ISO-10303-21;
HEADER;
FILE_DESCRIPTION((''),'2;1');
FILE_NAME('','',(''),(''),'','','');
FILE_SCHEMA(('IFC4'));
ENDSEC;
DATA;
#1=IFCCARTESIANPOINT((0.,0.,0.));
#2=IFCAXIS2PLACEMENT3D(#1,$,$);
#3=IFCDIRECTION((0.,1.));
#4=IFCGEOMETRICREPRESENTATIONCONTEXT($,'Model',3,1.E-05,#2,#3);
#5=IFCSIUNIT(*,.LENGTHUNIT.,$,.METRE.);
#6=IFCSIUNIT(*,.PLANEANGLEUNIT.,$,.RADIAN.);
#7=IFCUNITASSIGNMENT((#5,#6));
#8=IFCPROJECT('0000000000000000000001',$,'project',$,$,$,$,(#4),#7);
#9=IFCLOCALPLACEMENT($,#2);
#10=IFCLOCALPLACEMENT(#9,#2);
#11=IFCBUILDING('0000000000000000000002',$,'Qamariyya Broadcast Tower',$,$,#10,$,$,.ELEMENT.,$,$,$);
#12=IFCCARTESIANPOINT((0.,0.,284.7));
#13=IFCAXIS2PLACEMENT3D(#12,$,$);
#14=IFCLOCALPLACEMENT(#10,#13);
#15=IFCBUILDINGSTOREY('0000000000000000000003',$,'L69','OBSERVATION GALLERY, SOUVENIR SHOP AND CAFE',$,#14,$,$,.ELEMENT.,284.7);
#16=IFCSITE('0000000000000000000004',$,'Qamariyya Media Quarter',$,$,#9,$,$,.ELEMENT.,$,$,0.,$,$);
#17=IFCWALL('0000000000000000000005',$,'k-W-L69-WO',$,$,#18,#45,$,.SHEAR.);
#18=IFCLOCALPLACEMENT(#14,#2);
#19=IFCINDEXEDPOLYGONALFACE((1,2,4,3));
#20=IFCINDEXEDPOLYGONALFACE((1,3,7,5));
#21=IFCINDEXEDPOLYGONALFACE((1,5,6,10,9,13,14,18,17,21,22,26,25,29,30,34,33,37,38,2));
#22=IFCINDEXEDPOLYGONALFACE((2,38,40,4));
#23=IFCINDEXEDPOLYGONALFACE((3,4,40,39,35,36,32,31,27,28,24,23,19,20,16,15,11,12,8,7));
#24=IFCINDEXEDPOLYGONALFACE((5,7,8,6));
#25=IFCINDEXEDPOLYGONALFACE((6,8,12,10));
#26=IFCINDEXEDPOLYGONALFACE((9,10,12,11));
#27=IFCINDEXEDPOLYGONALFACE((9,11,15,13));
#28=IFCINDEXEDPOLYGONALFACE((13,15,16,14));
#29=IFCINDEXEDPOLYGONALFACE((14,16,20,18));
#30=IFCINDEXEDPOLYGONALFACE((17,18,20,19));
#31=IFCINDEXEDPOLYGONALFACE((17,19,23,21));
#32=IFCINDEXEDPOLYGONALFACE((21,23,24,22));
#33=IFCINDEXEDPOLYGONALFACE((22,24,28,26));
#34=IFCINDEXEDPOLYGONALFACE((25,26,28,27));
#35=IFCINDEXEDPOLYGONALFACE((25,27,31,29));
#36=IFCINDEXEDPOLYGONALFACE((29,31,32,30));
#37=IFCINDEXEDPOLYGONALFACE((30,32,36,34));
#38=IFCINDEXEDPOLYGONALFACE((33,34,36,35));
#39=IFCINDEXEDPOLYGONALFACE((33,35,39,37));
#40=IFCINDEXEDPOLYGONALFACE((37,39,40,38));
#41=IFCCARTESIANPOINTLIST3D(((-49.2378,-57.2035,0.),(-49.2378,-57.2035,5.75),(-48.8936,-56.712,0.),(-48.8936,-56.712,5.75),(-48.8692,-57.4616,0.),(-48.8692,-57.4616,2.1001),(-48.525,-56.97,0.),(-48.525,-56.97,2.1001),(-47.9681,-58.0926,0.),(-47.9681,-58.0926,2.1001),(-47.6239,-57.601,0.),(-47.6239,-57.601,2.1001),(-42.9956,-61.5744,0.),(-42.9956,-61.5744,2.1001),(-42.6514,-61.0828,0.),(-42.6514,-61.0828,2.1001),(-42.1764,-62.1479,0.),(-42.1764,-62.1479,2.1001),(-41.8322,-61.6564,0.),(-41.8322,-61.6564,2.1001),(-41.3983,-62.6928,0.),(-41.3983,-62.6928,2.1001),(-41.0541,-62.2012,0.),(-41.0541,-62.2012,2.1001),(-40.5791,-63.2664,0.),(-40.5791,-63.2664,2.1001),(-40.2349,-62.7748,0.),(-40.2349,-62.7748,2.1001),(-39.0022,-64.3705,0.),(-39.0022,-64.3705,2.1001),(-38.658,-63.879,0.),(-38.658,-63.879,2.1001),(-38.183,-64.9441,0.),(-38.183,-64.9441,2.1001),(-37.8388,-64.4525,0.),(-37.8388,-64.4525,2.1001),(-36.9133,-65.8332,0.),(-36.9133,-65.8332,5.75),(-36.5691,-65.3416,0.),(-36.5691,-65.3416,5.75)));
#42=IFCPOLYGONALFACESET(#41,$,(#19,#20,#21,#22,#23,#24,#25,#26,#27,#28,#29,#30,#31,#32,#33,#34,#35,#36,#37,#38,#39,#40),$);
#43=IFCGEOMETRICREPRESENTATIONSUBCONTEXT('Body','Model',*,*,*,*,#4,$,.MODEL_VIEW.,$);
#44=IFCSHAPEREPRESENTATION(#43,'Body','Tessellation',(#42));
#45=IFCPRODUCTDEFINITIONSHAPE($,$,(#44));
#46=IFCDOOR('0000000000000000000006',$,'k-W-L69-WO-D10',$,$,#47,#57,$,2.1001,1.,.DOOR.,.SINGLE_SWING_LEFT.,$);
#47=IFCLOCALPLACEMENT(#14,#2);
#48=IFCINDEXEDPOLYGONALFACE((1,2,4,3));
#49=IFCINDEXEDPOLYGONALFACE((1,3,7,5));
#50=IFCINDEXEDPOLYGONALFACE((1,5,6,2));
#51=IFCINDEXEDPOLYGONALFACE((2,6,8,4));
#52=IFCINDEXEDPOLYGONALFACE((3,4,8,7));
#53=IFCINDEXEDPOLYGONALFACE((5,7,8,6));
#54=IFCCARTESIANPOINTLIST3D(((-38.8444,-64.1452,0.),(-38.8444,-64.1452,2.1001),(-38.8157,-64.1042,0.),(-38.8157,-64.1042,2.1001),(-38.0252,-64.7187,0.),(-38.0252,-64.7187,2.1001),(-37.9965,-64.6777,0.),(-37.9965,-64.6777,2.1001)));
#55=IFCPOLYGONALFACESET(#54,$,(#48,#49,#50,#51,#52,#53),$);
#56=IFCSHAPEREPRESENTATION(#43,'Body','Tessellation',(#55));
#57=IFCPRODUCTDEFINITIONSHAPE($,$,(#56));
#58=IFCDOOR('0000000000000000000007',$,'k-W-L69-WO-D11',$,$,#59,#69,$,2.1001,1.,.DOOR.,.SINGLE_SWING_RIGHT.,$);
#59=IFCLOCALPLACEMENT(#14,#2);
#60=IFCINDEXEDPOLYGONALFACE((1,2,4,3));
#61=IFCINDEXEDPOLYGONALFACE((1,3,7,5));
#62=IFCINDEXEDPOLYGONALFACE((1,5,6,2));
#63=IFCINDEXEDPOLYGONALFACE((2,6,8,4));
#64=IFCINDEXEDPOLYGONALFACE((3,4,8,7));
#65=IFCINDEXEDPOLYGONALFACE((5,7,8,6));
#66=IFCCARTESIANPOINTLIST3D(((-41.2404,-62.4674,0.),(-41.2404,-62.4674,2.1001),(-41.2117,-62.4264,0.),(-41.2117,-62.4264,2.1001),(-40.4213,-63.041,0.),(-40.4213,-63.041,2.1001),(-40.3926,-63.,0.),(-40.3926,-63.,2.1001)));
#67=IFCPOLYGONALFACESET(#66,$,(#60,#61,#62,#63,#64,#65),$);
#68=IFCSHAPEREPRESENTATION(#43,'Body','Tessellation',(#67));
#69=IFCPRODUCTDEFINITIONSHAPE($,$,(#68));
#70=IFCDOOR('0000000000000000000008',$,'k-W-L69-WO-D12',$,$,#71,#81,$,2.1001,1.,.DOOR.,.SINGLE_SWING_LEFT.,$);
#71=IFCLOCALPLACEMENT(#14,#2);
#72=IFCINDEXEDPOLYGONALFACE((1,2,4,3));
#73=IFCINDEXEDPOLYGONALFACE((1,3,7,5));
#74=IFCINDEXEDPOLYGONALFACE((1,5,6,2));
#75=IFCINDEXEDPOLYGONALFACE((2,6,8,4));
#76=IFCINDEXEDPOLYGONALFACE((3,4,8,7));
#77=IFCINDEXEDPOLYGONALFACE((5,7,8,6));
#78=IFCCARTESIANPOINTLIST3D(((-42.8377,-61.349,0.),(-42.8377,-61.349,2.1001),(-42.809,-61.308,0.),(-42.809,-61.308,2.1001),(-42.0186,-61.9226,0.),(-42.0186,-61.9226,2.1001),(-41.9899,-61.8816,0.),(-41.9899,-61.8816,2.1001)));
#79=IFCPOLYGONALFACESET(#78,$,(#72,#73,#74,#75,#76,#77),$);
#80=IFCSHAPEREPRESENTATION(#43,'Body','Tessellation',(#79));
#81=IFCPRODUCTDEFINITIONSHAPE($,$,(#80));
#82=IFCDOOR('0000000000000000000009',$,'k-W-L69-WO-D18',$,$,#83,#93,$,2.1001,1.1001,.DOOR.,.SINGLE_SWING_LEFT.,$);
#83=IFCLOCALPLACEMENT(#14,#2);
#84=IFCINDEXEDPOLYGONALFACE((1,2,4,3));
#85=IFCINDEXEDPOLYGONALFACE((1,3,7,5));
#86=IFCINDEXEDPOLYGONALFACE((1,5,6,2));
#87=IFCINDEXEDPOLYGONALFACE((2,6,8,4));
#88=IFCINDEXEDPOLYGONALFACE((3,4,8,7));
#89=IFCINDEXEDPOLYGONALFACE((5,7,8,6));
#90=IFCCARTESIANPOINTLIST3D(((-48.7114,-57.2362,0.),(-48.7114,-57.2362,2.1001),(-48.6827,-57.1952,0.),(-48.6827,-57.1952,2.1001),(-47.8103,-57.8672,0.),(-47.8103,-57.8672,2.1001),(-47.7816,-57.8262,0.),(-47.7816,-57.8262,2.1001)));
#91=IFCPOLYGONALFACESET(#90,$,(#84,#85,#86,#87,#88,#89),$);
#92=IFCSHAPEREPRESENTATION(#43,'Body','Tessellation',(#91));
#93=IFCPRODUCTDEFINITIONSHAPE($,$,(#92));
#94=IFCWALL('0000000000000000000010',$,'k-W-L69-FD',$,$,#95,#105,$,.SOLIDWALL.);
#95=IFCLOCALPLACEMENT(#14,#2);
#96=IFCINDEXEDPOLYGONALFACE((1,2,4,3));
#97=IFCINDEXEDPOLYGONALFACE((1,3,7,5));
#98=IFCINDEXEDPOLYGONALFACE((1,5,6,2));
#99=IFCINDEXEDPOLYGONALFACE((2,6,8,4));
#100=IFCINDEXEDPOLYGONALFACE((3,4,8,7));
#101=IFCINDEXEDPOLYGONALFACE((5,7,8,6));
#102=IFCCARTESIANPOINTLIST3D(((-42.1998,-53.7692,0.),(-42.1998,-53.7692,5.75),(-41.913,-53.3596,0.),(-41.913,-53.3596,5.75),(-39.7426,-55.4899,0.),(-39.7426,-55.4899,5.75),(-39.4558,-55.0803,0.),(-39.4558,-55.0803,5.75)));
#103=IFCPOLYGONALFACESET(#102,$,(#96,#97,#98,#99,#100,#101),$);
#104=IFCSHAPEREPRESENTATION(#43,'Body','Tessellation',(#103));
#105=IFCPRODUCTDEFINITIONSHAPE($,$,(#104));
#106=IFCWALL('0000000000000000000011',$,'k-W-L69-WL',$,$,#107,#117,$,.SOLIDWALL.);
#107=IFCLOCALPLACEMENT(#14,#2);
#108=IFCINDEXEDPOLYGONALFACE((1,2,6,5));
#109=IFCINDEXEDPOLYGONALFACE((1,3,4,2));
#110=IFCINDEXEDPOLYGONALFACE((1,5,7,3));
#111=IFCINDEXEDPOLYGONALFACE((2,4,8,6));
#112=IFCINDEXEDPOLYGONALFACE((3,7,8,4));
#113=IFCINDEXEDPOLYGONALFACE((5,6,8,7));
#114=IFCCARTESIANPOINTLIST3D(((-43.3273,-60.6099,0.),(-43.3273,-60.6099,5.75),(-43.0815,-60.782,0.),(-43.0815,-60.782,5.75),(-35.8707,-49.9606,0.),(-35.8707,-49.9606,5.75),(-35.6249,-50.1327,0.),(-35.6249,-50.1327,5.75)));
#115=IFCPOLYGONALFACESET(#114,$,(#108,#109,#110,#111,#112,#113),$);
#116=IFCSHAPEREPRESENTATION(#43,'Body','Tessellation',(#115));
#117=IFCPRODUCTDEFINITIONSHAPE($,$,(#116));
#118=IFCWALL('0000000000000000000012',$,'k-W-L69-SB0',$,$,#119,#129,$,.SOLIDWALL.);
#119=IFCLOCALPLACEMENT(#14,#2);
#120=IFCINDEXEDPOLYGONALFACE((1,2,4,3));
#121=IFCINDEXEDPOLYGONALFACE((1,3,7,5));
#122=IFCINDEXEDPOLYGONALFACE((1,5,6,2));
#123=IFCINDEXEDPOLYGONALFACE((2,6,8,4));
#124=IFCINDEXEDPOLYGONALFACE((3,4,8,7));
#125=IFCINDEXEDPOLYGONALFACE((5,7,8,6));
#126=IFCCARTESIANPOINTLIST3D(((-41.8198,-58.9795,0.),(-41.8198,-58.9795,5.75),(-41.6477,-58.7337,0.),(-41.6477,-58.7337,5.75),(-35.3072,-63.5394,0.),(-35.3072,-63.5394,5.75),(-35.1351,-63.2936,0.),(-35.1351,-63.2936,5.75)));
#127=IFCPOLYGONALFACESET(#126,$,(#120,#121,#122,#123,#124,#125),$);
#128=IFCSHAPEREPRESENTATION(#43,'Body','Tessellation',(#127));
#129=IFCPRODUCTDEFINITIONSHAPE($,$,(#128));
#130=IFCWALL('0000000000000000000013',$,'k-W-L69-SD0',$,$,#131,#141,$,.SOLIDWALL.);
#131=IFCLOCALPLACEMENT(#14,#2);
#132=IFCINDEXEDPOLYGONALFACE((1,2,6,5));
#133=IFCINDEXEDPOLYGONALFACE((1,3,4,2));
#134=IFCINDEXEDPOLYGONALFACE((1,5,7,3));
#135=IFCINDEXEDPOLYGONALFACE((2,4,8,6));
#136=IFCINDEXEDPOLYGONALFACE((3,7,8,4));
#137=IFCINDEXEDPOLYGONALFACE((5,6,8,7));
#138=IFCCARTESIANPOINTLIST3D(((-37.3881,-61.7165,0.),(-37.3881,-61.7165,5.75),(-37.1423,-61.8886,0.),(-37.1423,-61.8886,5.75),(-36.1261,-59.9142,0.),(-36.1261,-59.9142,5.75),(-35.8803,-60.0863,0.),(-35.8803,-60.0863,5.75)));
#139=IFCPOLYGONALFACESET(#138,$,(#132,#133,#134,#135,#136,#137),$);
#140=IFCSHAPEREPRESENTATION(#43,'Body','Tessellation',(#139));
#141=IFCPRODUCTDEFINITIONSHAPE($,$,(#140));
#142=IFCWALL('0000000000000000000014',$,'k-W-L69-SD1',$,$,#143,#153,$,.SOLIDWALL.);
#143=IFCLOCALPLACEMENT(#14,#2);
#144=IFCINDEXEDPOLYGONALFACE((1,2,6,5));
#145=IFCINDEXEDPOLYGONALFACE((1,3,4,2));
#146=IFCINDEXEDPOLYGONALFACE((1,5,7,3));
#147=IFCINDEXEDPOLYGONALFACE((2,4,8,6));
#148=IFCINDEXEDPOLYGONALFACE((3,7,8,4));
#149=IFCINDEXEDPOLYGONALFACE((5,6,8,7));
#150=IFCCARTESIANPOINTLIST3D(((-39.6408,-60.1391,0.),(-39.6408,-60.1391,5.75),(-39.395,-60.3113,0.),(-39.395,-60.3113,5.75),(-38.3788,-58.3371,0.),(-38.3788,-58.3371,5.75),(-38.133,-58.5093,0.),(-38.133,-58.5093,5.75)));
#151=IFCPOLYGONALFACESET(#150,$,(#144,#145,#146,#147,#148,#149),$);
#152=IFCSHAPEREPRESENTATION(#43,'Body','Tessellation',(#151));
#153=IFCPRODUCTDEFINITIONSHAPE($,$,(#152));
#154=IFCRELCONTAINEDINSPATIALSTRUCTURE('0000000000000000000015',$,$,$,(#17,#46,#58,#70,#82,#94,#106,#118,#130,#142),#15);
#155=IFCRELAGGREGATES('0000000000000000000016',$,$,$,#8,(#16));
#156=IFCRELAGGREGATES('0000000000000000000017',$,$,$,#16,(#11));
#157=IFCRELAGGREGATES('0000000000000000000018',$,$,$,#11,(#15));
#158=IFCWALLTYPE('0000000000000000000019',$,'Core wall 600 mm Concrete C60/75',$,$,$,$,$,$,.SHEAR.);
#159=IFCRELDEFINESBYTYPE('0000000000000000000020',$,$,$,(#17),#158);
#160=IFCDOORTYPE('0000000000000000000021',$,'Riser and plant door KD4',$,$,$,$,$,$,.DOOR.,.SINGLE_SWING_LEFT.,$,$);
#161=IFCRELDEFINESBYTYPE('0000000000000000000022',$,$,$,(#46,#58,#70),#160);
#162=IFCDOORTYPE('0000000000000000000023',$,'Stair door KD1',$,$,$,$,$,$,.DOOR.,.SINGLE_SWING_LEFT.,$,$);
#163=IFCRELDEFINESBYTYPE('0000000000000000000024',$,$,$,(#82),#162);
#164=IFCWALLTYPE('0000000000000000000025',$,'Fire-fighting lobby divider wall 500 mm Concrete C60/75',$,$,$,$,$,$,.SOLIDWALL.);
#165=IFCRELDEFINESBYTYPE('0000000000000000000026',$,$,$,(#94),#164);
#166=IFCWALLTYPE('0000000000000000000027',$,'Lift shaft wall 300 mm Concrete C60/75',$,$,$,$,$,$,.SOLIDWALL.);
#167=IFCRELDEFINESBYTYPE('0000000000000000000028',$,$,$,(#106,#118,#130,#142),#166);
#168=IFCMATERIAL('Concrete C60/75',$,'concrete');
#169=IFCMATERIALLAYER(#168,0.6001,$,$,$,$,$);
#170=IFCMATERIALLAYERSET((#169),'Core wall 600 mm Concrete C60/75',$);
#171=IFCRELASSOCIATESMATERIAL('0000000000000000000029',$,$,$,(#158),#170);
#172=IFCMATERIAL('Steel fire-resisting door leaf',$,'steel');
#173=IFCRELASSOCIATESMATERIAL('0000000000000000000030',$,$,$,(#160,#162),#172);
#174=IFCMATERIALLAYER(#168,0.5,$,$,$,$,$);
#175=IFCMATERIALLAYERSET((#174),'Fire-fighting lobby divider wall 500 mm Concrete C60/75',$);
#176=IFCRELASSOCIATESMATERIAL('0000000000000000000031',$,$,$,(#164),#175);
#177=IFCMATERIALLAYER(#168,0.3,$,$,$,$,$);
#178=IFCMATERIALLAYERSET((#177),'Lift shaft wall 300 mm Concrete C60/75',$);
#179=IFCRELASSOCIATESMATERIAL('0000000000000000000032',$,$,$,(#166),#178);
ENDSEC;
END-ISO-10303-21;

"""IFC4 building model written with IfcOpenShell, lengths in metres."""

from ifc_helpers import new_model, si_unit, direction, frame, frame_2d, origin, place, context, subcontext, project, spatial, rectangle, extrude, material, layer, layer_set, type_object, element, fill, save


model = new_model("IFC4")

# Units and contexts
model_context = context("Model", 3, precision=1e-05, world=origin(), true_north=direction((0.0, 1.0)))
body_context = subcontext(model_context, "Body", "Model", "MODEL_VIEW")
ifc_project = project(units=[si_unit("LENGTHUNIT", "METRE"), si_unit("PLANEANGLEUNIT", "RADIAN")], contexts=[model_context])

# Site, building, storey
site_placement = place(None, origin())
site = spatial("IfcSite", under=ifc_project, at=site_placement, Name="Qamariyya Media Quarter", CompositionType="ELEMENT", RefElevation=0.0)
building_placement = place(site_placement, origin())
building = spatial("IfcBuilding", under=site, at=building_placement, Name="Qamariyya Broadcast Tower", CompositionType="ELEMENT")
storey_placement = place(building_placement, frame((0.0, 0.0, 284.7)))
storey = spatial("IfcBuildingStorey", under=building, at=storey_placement, Name="L69", Description="OBSERVATION GALLERY, SOUVENIR SHOP AND CAFE", CompositionType="ELEMENT", Elevation=284.7)

# Shared definitions
ifc_material_1 = material(Name="Concrete C60/75", Category="concrete")
ifc_layer_1 = layer(ifc_material_1, 0.6001)
ifc_layer_set_1 = layer_set([ifc_layer_1], Name="Core wall 600 mm Concrete C60/75")
wall_type_1 = type_object("IfcWallType", Name="Core wall 600 mm Concrete C60/75", PredefinedType="SHEAR", material=ifc_layer_set_1)
ifc_material_2 = material(Name="Steel fire-resisting door leaf", Category="steel")

# Wall, openings, doors
wall_1_placement = place(storey_placement, frame((-36.7412, -65.5874, 0.0), z_axis=(0.0, 0.0, 1.0), x_axis=(-0.819153, 0.573575, 0.0)))
wall_1 = element("IfcWall", 1, at=wall_1_placement, inside=storey, type_object=wall_type_1, Name="k-W-L69-WO", PredefinedType="SHEAR", context=body_context, shape_type="SweptSolid", body=[
    extrude(rectangle(XDim=15.0454, YDim=0.6001, at=frame_2d((7.5227, 0.0))), origin(), (0.0, 0.0, 1.0), 5.75),
])
opening_1_placement = place(wall_1_placement, frame((1.55, 0.0, 0.0)))
opening_1 = element("IfcOpeningElement", 2, at=opening_1_placement, cuts=wall_1, PredefinedType="OPENING", context=body_context, shape_type="SweptSolid", body=[
    extrude(rectangle(XDim=1.0, YDim=2.1001, at=frame_2d((0.5, 1.05))), frame((0.0, 0.3101, 0.0), z_axis=(0.0, -1.0, 0.0), x_axis=(1.0, 0.0, 0.0)), (0.0, 0.0, 1.0), 0.6201),
])
opening_2_placement = place(wall_1_placement, frame((4.4751, 0.0, 0.0)))
opening_2 = element("IfcOpeningElement", 3, at=opening_2_placement, cuts=wall_1, PredefinedType="OPENING", context=body_context, shape_type="SweptSolid", body=[
    extrude(rectangle(XDim=1.0, YDim=2.1001, at=frame_2d((0.5, 1.05))), frame((0.0, 0.3101, 0.0), z_axis=(0.0, -1.0, 0.0), x_axis=(1.0, 0.0, 0.0)), (0.0, 0.0, 1.0), 0.6201),
])
opening_3_placement = place(wall_1_placement, frame((6.425, 0.0, 0.0)))
opening_3 = element("IfcOpeningElement", 4, at=opening_3_placement, cuts=wall_1, PredefinedType="OPENING", context=body_context, shape_type="SweptSolid", body=[
    extrude(rectangle(XDim=1.0, YDim=2.1001, at=frame_2d((0.5, 1.05))), frame((0.0, 0.3101, 0.0), z_axis=(0.0, -1.0, 0.0), x_axis=(1.0, 0.0, 0.0)), (0.0, 0.0, 1.0), 0.6201),
])
opening_4_placement = place(wall_1_placement, frame((13.4954, 0.0, 0.0)))
opening_4 = element("IfcOpeningElement", 5, at=opening_4_placement, cuts=wall_1, PredefinedType="OPENING", context=body_context, shape_type="SweptSolid", body=[
    extrude(rectangle(XDim=1.1001, YDim=2.1001, at=frame_2d((0.55, 1.05))), frame((0.0, 0.3101, 0.0), z_axis=(0.0, -1.0, 0.0), x_axis=(1.0, 0.0, 0.0)), (0.0, 0.0, 1.0), 0.6201),
])
door_type_1 = type_object("IfcDoorType", Name="Riser and plant door KD4", OperationType="SINGLE_SWING_LEFT", PredefinedType="DOOR", material=ifc_material_2)
door_1_placement = place(opening_1_placement, origin())
door_1 = element("IfcDoor", 6, at=door_1_placement, inside=storey, type_object=door_type_1, Name="k-W-L69-WO-D10", OperationType="SINGLE_SWING_LEFT", OverallHeight=2.1001, OverallWidth=1.0, PredefinedType="DOOR", context=body_context, shape_type="SweptSolid", body=[
    extrude(rectangle(XDim=1.0, YDim=2.1001, at=frame_2d((0.5, 1.05))), frame((0.0, 0.0249, 0.0), z_axis=(0.0, -1.0, 0.0), x_axis=(1.0, 0.0, 0.0)), (0.0, 0.0, 1.0), 0.05),
])
fill(opening_1, door_1)
door_2_placement = place(opening_2_placement, origin())
door_2 = element("IfcDoor", 7, at=door_2_placement, inside=storey, type_object=door_type_1, Name="k-W-L69-WO-D11", OperationType="SINGLE_SWING_RIGHT", OverallHeight=2.1001, OverallWidth=1.0, PredefinedType="DOOR", context=body_context, shape_type="SweptSolid", body=[
    extrude(rectangle(XDim=1.0, YDim=2.1001, at=frame_2d((0.5, 1.05))), frame((0.0, 0.0249, 0.0), z_axis=(0.0, -1.0, 0.0), x_axis=(1.0, 0.0, 0.0)), (0.0, 0.0, 1.0), 0.05),
])
fill(opening_2, door_2)
door_3_placement = place(opening_3_placement, origin())
door_3 = element("IfcDoor", 8, at=door_3_placement, inside=storey, type_object=door_type_1, Name="k-W-L69-WO-D12", OperationType="SINGLE_SWING_LEFT", OverallHeight=2.1001, OverallWidth=1.0, PredefinedType="DOOR", context=body_context, shape_type="SweptSolid", body=[
    extrude(rectangle(XDim=1.0, YDim=2.1001, at=frame_2d((0.5, 1.05))), frame((0.0, 0.0249, 0.0), z_axis=(0.0, -1.0, 0.0), x_axis=(1.0, 0.0, 0.0)), (0.0, 0.0, 1.0), 0.05),
])
fill(opening_3, door_3)
door_type_2 = type_object("IfcDoorType", Name="Stair door KD1", OperationType="SINGLE_SWING_LEFT", PredefinedType="DOOR", material=ifc_material_2)
door_4_placement = place(opening_4_placement, origin())
door_4 = element("IfcDoor", 9, at=door_4_placement, inside=storey, type_object=door_type_2, Name="k-W-L69-WO-D18", OperationType="SINGLE_SWING_LEFT", OverallHeight=2.1001, OverallWidth=1.1001, PredefinedType="DOOR", context=body_context, shape_type="SweptSolid", body=[
    extrude(rectangle(XDim=1.1001, YDim=2.1001, at=frame_2d((0.55, 1.05))), frame((0.0, 0.0249, 0.0), z_axis=(0.0, -1.0, 0.0), x_axis=(1.0, 0.0, 0.0)), (0.0, 0.0, 1.0), 0.05),
])
fill(opening_4, door_4)

# Walls
ifc_layer_2 = layer(ifc_material_1, 0.5)
ifc_layer_set_2 = layer_set([ifc_layer_2], Name="Fire-fighting lobby divider wall 500 mm Concrete C60/75")
wall_type_2 = type_object("IfcWallType", Name="Fire-fighting lobby divider wall 500 mm Concrete C60/75", PredefinedType="SOLIDWALL", material=ifc_layer_set_2)
wall_2_placement = place(storey_placement, frame((-39.5991, -55.2852, 0.0), z_axis=(0.0, 0.0, 1.0), x_axis=(-0.819136, 0.573599, 0.0)))
element("IfcWall", 10, at=wall_2_placement, inside=storey, type_object=wall_type_2, Name="k-W-L69-FD", PredefinedType="SOLIDWALL", context=body_context, shape_type="SweptSolid", body=[
    extrude(rectangle(XDim=2.9998, YDim=0.5, at=frame_2d((1.5, 0.0))), origin(), (0.0, 0.0, 1.0), 5.75),
])
ifc_layer_3 = layer(ifc_material_1, 0.3)
ifc_layer_set_3 = layer_set([ifc_layer_3], Name="Lift shaft wall 300 mm Concrete C60/75")
wall_type_3 = type_object("IfcWallType", Name="Lift shaft wall 300 mm Concrete C60/75", PredefinedType="SOLIDWALL", material=ifc_layer_set_3)
wall_3_placement = place(storey_placement, frame((-43.2043, -60.6958, 0.0), z_axis=(0.0, 0.0, 1.0), x_axis=(0.573572, 0.819155, 0.0)))
element("IfcWall", 11, at=wall_3_placement, inside=storey, type_object=wall_type_3, Name="k-W-L69-WL", PredefinedType="SOLIDWALL", context=body_context, shape_type="SweptSolid", body=[
    extrude(rectangle(XDim=13.0002, YDim=0.3, at=frame_2d((6.5, 0.0))), origin(), (0.0, 0.0, 1.0), 5.75),
])
wall_4_placement = place(storey_placement, frame((-35.2212, -63.4165, 0.0), z_axis=(0.0, 0.0, 1.0), x_axis=(-0.819167, 0.573555, 0.0)))
element("IfcWall", 12, at=wall_4_placement, inside=storey, type_object=wall_type_3, Name="k-W-L69-SB0", PredefinedType="SOLIDWALL", context=body_context, shape_type="SweptSolid", body=[
    extrude(rectangle(XDim=7.9502, YDim=0.3, at=frame_2d((3.9751, 0.0))), origin(), (0.0, 0.0, 1.0), 5.75),
])
wall_5_placement = place(storey_placement, frame((-36.0032, -60.0002, 0.0), z_axis=(0.0, 0.0, 1.0), x_axis=(-0.573581, -0.819149, 0.0)))
element("IfcWall", 13, at=wall_5_placement, inside=storey, type_object=wall_type_3, Name="k-W-L69-SD0", PredefinedType="SOLIDWALL", context=body_context, shape_type="SweptSolid", body=[
    extrude(rectangle(XDim=2.2002, YDim=0.3, at=frame_2d((1.1001, 0.0))), origin(), (0.0, 0.0, 1.0), 5.75),
])
wall_6_placement = place(storey_placement, frame((-38.2559, -58.4231, 0.0), z_axis=(0.0, 0.0, 1.0), x_axis=(-0.573634, -0.819112, 0.0)))
element("IfcWall", 14, at=wall_6_placement, inside=storey, type_object=wall_type_3, Name="k-W-L69-SD1", PredefinedType="SOLIDWALL", context=body_context, shape_type="SweptSolid", body=[
    extrude(rectangle(XDim=2.2, YDim=0.3, at=frame_2d((1.1001, 0.0))), origin(), (0.0, 0.0, 1.0), 5.75),
])

save(model, "model.ifc")
